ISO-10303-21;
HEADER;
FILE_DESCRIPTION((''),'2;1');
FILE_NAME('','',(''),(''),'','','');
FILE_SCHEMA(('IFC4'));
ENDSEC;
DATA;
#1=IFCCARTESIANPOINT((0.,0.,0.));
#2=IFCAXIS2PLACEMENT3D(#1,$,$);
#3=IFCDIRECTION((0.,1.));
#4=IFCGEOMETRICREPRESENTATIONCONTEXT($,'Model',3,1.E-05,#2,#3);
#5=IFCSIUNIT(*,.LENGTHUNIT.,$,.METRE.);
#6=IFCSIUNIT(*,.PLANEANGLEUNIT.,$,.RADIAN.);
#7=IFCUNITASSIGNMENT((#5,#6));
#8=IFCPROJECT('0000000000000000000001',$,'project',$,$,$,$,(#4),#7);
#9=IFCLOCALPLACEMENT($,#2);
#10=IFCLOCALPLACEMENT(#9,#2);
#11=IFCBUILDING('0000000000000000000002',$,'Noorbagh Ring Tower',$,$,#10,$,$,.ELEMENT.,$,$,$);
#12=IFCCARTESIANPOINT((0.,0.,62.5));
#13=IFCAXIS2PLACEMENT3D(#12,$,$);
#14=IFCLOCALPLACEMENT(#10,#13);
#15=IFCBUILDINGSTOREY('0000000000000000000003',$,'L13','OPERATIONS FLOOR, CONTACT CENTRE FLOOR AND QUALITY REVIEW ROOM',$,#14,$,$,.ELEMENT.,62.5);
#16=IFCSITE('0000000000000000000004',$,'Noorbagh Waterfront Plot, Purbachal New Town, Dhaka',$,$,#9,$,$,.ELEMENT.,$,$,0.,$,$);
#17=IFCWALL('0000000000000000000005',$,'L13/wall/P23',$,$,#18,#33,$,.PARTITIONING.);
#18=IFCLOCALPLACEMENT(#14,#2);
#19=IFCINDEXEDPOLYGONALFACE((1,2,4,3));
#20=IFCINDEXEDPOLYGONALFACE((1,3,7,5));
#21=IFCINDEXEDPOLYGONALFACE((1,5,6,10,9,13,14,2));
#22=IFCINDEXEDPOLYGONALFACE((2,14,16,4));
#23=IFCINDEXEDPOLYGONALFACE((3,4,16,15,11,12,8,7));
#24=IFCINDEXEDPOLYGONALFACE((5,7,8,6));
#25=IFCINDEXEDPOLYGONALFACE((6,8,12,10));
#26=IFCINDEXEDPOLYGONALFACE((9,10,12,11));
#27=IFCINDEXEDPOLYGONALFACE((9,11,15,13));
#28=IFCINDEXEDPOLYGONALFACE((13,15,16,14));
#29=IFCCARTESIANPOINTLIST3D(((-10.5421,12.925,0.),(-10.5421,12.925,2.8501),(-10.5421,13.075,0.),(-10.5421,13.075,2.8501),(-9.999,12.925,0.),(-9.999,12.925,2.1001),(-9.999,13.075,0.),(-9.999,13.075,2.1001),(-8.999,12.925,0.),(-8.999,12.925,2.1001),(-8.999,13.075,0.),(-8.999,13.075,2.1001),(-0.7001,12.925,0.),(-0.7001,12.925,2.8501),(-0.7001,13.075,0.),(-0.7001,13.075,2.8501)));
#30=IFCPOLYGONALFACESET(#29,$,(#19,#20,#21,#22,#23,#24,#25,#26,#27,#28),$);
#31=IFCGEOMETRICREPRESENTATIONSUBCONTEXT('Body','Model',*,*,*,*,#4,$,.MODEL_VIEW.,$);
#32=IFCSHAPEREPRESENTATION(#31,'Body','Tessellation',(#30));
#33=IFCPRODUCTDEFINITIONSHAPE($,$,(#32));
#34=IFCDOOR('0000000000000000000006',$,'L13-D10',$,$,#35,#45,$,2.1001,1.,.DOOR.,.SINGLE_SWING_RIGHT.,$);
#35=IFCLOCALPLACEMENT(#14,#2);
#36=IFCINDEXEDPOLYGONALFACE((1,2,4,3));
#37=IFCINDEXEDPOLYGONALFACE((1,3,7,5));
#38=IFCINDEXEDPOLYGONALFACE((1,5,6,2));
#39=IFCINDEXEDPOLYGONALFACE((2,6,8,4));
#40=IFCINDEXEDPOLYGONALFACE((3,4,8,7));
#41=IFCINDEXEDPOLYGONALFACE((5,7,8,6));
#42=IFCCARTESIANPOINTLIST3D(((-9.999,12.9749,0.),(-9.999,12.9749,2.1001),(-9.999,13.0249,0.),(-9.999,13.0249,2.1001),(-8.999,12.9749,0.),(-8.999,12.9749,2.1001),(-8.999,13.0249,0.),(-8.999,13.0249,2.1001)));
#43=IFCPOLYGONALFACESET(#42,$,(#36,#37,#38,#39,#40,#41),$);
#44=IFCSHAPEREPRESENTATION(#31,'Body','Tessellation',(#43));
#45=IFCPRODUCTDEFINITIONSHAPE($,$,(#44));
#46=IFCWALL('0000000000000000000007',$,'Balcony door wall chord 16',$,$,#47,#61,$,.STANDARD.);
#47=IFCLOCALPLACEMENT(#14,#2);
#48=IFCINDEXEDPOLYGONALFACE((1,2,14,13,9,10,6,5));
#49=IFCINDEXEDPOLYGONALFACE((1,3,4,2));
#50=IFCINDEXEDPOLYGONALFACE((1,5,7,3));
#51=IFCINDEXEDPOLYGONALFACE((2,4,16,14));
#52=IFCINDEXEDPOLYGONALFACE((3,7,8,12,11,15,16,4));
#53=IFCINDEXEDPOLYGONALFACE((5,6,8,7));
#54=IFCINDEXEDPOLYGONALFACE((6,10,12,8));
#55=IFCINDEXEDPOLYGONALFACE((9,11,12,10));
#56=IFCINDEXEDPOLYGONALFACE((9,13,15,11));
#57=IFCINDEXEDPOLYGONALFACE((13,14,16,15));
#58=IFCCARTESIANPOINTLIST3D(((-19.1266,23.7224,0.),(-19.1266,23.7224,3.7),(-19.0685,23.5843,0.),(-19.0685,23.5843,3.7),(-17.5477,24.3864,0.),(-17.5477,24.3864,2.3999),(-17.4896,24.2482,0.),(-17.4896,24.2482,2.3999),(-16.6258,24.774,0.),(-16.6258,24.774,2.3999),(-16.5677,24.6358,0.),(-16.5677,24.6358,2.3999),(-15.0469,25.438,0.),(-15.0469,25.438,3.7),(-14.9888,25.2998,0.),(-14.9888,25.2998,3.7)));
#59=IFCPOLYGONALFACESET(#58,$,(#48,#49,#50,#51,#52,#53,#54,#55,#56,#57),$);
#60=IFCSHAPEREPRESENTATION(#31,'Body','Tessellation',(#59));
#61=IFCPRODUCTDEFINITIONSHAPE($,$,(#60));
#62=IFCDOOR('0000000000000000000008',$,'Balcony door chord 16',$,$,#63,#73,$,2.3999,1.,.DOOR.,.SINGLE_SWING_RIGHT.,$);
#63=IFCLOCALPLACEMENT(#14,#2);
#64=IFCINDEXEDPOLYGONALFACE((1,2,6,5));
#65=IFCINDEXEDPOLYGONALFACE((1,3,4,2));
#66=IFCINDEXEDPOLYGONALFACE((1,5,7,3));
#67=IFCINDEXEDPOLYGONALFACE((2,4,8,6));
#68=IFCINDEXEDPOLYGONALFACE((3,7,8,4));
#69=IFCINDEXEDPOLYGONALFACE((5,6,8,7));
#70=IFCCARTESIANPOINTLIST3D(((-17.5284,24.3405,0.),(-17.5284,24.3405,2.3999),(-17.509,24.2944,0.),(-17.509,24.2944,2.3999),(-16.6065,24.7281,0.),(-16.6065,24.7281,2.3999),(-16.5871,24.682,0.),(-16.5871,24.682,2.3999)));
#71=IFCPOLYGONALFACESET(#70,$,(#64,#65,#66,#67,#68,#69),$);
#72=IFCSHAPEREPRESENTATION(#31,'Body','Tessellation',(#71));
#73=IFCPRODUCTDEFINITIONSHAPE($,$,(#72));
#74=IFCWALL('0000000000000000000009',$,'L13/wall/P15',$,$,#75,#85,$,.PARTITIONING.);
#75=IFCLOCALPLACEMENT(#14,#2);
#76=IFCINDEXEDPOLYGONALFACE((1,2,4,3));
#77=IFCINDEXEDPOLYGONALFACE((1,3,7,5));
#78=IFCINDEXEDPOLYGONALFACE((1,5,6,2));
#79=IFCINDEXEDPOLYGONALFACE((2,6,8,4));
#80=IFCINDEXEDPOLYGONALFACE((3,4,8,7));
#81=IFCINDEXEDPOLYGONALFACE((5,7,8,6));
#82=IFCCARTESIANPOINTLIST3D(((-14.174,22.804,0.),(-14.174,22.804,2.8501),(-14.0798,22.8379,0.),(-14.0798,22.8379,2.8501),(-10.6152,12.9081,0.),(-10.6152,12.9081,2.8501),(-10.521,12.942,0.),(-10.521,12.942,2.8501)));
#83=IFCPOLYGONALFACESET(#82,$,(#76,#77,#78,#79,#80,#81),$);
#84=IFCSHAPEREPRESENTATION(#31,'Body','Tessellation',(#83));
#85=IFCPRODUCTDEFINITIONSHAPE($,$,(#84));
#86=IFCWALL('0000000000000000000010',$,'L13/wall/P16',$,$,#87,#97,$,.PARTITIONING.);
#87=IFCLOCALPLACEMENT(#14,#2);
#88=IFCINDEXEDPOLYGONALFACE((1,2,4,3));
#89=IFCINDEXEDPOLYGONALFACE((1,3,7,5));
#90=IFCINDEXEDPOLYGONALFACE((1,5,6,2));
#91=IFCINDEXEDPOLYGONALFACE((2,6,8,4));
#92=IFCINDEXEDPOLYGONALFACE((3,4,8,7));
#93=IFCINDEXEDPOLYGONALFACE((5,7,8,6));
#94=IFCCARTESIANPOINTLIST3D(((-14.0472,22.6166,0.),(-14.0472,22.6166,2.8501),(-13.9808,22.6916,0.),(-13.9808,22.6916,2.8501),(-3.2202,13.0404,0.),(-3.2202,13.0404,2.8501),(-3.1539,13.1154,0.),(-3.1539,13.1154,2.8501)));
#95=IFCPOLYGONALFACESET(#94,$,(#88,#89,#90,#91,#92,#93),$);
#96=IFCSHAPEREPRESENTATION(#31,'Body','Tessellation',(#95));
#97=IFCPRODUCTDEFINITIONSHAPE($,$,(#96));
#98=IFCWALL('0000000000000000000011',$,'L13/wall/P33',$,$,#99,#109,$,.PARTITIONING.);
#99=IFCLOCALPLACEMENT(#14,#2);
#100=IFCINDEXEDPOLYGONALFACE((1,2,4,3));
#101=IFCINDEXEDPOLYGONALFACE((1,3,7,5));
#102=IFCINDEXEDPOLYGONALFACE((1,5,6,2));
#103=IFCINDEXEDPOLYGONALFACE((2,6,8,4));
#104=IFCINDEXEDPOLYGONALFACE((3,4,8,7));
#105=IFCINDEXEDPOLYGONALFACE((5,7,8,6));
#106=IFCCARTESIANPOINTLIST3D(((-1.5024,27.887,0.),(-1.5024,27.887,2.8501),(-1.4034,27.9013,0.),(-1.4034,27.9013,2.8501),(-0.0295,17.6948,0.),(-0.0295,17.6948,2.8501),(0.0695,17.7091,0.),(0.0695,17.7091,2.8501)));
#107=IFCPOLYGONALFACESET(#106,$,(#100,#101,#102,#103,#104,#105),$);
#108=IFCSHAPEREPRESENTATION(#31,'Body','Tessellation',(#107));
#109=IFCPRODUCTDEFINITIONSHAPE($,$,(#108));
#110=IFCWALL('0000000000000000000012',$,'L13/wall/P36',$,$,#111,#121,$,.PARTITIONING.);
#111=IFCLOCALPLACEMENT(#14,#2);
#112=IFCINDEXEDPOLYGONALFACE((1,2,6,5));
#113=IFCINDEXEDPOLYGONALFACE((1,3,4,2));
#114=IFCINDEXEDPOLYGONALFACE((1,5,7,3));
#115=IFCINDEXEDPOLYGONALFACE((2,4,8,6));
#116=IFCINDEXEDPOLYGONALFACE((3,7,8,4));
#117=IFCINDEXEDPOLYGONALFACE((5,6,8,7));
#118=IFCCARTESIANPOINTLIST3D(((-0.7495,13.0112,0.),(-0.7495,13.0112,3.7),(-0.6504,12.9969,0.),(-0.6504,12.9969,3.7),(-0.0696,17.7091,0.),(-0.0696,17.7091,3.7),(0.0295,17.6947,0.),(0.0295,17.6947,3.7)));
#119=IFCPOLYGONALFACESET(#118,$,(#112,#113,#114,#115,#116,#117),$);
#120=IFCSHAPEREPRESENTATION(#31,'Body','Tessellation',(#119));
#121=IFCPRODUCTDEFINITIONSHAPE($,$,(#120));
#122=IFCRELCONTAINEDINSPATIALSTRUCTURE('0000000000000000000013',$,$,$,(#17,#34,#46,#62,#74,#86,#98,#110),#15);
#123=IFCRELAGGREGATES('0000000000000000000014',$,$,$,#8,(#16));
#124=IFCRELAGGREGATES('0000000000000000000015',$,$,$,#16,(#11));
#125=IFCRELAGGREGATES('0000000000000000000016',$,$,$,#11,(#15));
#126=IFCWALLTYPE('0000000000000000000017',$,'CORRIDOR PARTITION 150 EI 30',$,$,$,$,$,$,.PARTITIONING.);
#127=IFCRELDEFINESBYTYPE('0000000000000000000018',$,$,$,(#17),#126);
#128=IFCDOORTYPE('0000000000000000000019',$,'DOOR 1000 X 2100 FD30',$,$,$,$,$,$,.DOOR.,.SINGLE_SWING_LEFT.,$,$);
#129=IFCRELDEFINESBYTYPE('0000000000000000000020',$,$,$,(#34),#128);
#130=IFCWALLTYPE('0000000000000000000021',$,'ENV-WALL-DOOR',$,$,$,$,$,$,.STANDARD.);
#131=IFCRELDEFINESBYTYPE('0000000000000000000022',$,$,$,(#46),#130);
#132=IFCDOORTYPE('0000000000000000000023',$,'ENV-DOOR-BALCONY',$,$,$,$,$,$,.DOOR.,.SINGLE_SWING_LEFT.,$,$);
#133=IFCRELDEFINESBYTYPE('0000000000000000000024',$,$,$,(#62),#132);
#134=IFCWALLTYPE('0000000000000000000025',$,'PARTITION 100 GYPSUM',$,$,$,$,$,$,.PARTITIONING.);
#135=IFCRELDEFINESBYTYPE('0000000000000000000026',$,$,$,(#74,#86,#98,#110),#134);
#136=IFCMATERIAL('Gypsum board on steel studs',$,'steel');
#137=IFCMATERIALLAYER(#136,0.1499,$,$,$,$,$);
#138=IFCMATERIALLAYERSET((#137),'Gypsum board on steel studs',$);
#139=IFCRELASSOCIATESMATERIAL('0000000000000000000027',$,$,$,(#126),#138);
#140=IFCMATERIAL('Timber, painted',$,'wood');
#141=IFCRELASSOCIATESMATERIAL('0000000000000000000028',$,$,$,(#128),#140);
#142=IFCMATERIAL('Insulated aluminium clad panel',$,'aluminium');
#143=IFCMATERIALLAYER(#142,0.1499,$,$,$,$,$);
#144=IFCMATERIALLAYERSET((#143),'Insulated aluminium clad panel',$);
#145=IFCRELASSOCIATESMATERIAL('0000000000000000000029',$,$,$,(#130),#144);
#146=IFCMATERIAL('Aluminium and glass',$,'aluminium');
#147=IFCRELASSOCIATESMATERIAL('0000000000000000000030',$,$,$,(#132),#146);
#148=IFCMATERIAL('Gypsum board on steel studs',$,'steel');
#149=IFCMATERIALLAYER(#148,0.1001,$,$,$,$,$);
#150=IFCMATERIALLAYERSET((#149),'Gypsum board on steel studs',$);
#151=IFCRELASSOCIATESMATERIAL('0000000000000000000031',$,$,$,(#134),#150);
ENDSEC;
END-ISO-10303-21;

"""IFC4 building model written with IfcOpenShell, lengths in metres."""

from ifc_helpers import new_model, si_unit, direction, frame, frame_2d, origin, place, context, subcontext, project, spatial, rectangle, extrude, material, layer, layer_set, type_object, element, fill, save


model = new_model("IFC4")

# Units and contexts
model_context = context("Model", 3, precision=1e-05, world=origin(), true_north=direction((0.0, 1.0)))
body_context = subcontext(model_context, "Body", "Model", "MODEL_VIEW")
ifc_project = project(units=[si_unit("LENGTHUNIT", "METRE"), si_unit("PLANEANGLEUNIT", "RADIAN")], contexts=[model_context])

# Site, building, storey
site_placement = place(None, origin())
site = spatial("IfcSite", under=ifc_project, at=site_placement, Name="Noorbagh Waterfront Plot, Purbachal New Town, Dhaka", CompositionType="ELEMENT", RefElevation=0.0)
building_placement = place(site_placement, origin())
building = spatial("IfcBuilding", under=site, at=building_placement, Name="Noorbagh Ring Tower", CompositionType="ELEMENT")
storey_placement = place(building_placement, frame((0.0, 0.0, 62.5)))
storey = spatial("IfcBuildingStorey", under=building, at=storey_placement, Name="L13", Description="OPERATIONS FLOOR, CONTACT CENTRE FLOOR AND QUALITY REVIEW ROOM", CompositionType="ELEMENT", Elevation=62.5)

# Walls, openings, doors
ifc_material_1 = material(Name="Gypsum board on steel studs", Category="steel")
ifc_layer_1 = layer(ifc_material_1, 0.1499)
ifc_layer_set_1 = layer_set([ifc_layer_1], Name="Gypsum board on steel studs")
wall_type_1 = type_object("IfcWallType", Name="CORRIDOR PARTITION 150 EI 30", PredefinedType="PARTITIONING", material=ifc_layer_set_1)
ifc_material_2 = material(Name="Timber, painted", Category="wood")
door_type_1 = type_object("IfcDoorType", Name="DOOR 1000 X 2100 FD30", OperationType="SINGLE_SWING_LEFT", PredefinedType="DOOR", material=ifc_material_2)
wall_1_placement = place(storey_placement, frame((-10.542, 13.0, 0.0), z_axis=(0.0, 0.0, 1.0), x_axis=(1.0, 0.0, 0.0)))
wall_1 = element("IfcWall", 1, at=wall_1_placement, inside=storey, type_object=wall_type_1, Name="L13/wall/P23", PredefinedType="PARTITIONING", context=body_context, shape_type="SweptSolid", body=[
    extrude(rectangle(XDim=9.842, YDim=0.1499, at=frame_2d((4.9209, 0.0))), origin(), (0.0, 0.0, 1.0), 2.8501),
])
opening_1_placement = place(wall_1_placement, frame((0.543, 0.0, 0.0)))
opening_1 = element("IfcOpeningElement", 2, at=opening_1_placement, cuts=wall_1, PredefinedType="OPENING", context=body_context, shape_type="SweptSolid", body=[
    extrude(rectangle(XDim=1.0, YDim=2.1001, at=frame_2d((0.5, 1.05))), frame((0.0, 0.085, 0.0), z_axis=(0.0, -1.0, 0.0), x_axis=(1.0, 0.0, 0.0)), (0.0, 0.0, 1.0), 0.1699),
])
door_1_placement = place(opening_1_placement, origin())
door_1 = element("IfcDoor", 3, at=door_1_placement, inside=storey, type_object=door_type_1, Name="L13-D10", OperationType="SINGLE_SWING_RIGHT", OverallHeight=2.1001, OverallWidth=1.0, PredefinedType="DOOR", context=body_context, shape_type="SweptSolid", body=[
    extrude(rectangle(XDim=1.0, YDim=2.1001, at=frame_2d((0.5, 1.05))), frame((0.0, 0.0249, 0.0), z_axis=(0.0, -1.0, 0.0), x_axis=(1.0, 0.0, 0.0)), (0.0, 0.0, 1.0), 0.05),
])
fill(opening_1, door_1)
ifc_material_3 = material(Name="Insulated aluminium clad panel", Category="aluminium")
ifc_layer_2 = layer(ifc_material_3, 0.1499)
ifc_layer_set_2 = layer_set([ifc_layer_2], Name="Insulated aluminium clad panel")
wall_type_2 = type_object("IfcWallType", Name="ENV-WALL-DOOR", PredefinedType="STANDARD", material=ifc_layer_set_2)
wall_2_placement = place(storey_placement, frame((-15.0178, 25.3689, 0.0), z_axis=(0.0, 0.0, 1.0), x_axis=(-0.921817, -0.387625, 0.0)))
wall_2 = element("IfcWall", 4, at=wall_2_placement, inside=storey, type_object=wall_type_2, Name="Balcony door wall chord 16", PredefinedType="STANDARD", context=body_context, shape_type="SweptSolid", body=[
    extrude(rectangle(XDim=4.4258, YDim=0.1499, at=frame_2d((2.2129, 0.0))), origin(), (0.0, 0.0, 1.0), 3.7),
])
opening_2_placement = place(wall_2_placement, frame((1.7129, 0.0, 0.0)))
opening_2 = element("IfcOpeningElement", 5, at=opening_2_placement, cuts=wall_2, PredefinedType="OPENING", context=body_context, shape_type="SweptSolid", body=[
    extrude(rectangle(XDim=1.0, YDim=2.3999, at=frame_2d((0.5, 1.2))), frame((0.0, 0.085, 0.0), z_axis=(0.0, -1.0, 0.0), x_axis=(1.0, 0.0, 0.0)), (0.0, 0.0, 1.0), 0.1699),
])
ifc_material_4 = material(Name="Aluminium and glass", Category="aluminium")
door_type_2 = type_object("IfcDoorType", Name="ENV-DOOR-BALCONY", OperationType="SINGLE_SWING_LEFT", PredefinedType="DOOR", material=ifc_material_4)
door_2_placement = place(opening_2_placement, origin())
door_2 = element("IfcDoor", 6, at=door_2_placement, inside=storey, type_object=door_type_2, Name="Balcony door chord 16", OperationType="SINGLE_SWING_RIGHT", OverallHeight=2.3999, OverallWidth=1.0, PredefinedType="DOOR", context=body_context, shape_type="SweptSolid", body=[
    extrude(rectangle(XDim=1.0, YDim=2.3999, at=frame_2d((0.5, 1.2))), frame((0.0, 0.0249, 0.0), z_axis=(0.0, -1.0, 0.0), x_axis=(1.0, 0.0, 0.0)), (0.0, 0.0, 1.0), 0.05),
])
fill(opening_2, door_2)

# Walls
ifc_material_5 = material(Name="Gypsum board on steel studs", Category="steel")
ifc_layer_3 = layer(ifc_material_5, 0.1001)
ifc_layer_set_3 = layer_set([ifc_layer_3], Name="Gypsum board on steel studs")
wall_type_3 = type_object("IfcWallType", Name="PARTITION 100 GYPSUM", PredefinedType="PARTITIONING", material=ifc_layer_set_3)
wall_3_placement = place(storey_placement, frame((-14.127, 22.821, 0.0), z_axis=(0.0, 0.0, 1.0), x_axis=(0.338406, -0.941, 0.0)))
element("IfcWall", 7, at=wall_3_placement, inside=storey, type_object=wall_type_3, Name="L13/wall/P15", PredefinedType="PARTITIONING", context=body_context, shape_type="SweptSolid", body=[
    extrude(rectangle(XDim=10.5164, YDim=0.1001, at=frame_2d((5.2583, 0.0))), origin(), (0.0, 0.0, 1.0), 2.8501),
])
wall_4_placement = place(storey_placement, frame((-14.0139, 22.6541, 0.0), z_axis=(0.0, 0.0, 1.0), x_axis=(0.749047, -0.662517, 0.0)))
element("IfcWall", 8, at=wall_4_placement, inside=storey, type_object=wall_type_3, Name="L13/wall/P16", PredefinedType="PARTITIONING", context=body_context, shape_type="SweptSolid", body=[
    extrude(rectangle(XDim=14.4543, YDim=0.1001, at=frame_2d((7.2271, 0.0))), origin(), (0.0, 0.0, 1.0), 2.8501),
])
wall_5_placement = place(storey_placement, frame((-1.4529, 27.894, 0.0), z_axis=(0.0, 0.0, 1.0), x_axis=(0.143028, -0.989719, 0.0)))
element("IfcWall", 9, at=wall_5_placement, inside=storey, type_object=wall_type_3, Name="L13/wall/P33", PredefinedType="PARTITIONING", context=body_context, shape_type="SweptSolid", body=[
    extrude(rectangle(XDim=10.2981, YDim=0.1001, at=frame_2d((5.1489, 0.0))), origin(), (0.0, 0.0, 1.0), 2.8501),
])
wall_6_placement = place(storey_placement, frame((-0.7, 13.0039, 0.0), z_axis=(0.0, 0.0, 1.0), x_axis=(0.143236, 0.989689, 0.0)))
element("IfcWall", 10, at=wall_6_placement, inside=storey, type_object=wall_type_3, Name="L13/wall/P36", PredefinedType="PARTITIONING", context=body_context, shape_type="SweptSolid", body=[
    extrude(rectangle(XDim=4.7468, YDim=0.1001, at=frame_2d((2.3735, 0.0))), origin(), (0.0, 0.0, 1.0), 3.7),
])

save(model, "model.ifc")
